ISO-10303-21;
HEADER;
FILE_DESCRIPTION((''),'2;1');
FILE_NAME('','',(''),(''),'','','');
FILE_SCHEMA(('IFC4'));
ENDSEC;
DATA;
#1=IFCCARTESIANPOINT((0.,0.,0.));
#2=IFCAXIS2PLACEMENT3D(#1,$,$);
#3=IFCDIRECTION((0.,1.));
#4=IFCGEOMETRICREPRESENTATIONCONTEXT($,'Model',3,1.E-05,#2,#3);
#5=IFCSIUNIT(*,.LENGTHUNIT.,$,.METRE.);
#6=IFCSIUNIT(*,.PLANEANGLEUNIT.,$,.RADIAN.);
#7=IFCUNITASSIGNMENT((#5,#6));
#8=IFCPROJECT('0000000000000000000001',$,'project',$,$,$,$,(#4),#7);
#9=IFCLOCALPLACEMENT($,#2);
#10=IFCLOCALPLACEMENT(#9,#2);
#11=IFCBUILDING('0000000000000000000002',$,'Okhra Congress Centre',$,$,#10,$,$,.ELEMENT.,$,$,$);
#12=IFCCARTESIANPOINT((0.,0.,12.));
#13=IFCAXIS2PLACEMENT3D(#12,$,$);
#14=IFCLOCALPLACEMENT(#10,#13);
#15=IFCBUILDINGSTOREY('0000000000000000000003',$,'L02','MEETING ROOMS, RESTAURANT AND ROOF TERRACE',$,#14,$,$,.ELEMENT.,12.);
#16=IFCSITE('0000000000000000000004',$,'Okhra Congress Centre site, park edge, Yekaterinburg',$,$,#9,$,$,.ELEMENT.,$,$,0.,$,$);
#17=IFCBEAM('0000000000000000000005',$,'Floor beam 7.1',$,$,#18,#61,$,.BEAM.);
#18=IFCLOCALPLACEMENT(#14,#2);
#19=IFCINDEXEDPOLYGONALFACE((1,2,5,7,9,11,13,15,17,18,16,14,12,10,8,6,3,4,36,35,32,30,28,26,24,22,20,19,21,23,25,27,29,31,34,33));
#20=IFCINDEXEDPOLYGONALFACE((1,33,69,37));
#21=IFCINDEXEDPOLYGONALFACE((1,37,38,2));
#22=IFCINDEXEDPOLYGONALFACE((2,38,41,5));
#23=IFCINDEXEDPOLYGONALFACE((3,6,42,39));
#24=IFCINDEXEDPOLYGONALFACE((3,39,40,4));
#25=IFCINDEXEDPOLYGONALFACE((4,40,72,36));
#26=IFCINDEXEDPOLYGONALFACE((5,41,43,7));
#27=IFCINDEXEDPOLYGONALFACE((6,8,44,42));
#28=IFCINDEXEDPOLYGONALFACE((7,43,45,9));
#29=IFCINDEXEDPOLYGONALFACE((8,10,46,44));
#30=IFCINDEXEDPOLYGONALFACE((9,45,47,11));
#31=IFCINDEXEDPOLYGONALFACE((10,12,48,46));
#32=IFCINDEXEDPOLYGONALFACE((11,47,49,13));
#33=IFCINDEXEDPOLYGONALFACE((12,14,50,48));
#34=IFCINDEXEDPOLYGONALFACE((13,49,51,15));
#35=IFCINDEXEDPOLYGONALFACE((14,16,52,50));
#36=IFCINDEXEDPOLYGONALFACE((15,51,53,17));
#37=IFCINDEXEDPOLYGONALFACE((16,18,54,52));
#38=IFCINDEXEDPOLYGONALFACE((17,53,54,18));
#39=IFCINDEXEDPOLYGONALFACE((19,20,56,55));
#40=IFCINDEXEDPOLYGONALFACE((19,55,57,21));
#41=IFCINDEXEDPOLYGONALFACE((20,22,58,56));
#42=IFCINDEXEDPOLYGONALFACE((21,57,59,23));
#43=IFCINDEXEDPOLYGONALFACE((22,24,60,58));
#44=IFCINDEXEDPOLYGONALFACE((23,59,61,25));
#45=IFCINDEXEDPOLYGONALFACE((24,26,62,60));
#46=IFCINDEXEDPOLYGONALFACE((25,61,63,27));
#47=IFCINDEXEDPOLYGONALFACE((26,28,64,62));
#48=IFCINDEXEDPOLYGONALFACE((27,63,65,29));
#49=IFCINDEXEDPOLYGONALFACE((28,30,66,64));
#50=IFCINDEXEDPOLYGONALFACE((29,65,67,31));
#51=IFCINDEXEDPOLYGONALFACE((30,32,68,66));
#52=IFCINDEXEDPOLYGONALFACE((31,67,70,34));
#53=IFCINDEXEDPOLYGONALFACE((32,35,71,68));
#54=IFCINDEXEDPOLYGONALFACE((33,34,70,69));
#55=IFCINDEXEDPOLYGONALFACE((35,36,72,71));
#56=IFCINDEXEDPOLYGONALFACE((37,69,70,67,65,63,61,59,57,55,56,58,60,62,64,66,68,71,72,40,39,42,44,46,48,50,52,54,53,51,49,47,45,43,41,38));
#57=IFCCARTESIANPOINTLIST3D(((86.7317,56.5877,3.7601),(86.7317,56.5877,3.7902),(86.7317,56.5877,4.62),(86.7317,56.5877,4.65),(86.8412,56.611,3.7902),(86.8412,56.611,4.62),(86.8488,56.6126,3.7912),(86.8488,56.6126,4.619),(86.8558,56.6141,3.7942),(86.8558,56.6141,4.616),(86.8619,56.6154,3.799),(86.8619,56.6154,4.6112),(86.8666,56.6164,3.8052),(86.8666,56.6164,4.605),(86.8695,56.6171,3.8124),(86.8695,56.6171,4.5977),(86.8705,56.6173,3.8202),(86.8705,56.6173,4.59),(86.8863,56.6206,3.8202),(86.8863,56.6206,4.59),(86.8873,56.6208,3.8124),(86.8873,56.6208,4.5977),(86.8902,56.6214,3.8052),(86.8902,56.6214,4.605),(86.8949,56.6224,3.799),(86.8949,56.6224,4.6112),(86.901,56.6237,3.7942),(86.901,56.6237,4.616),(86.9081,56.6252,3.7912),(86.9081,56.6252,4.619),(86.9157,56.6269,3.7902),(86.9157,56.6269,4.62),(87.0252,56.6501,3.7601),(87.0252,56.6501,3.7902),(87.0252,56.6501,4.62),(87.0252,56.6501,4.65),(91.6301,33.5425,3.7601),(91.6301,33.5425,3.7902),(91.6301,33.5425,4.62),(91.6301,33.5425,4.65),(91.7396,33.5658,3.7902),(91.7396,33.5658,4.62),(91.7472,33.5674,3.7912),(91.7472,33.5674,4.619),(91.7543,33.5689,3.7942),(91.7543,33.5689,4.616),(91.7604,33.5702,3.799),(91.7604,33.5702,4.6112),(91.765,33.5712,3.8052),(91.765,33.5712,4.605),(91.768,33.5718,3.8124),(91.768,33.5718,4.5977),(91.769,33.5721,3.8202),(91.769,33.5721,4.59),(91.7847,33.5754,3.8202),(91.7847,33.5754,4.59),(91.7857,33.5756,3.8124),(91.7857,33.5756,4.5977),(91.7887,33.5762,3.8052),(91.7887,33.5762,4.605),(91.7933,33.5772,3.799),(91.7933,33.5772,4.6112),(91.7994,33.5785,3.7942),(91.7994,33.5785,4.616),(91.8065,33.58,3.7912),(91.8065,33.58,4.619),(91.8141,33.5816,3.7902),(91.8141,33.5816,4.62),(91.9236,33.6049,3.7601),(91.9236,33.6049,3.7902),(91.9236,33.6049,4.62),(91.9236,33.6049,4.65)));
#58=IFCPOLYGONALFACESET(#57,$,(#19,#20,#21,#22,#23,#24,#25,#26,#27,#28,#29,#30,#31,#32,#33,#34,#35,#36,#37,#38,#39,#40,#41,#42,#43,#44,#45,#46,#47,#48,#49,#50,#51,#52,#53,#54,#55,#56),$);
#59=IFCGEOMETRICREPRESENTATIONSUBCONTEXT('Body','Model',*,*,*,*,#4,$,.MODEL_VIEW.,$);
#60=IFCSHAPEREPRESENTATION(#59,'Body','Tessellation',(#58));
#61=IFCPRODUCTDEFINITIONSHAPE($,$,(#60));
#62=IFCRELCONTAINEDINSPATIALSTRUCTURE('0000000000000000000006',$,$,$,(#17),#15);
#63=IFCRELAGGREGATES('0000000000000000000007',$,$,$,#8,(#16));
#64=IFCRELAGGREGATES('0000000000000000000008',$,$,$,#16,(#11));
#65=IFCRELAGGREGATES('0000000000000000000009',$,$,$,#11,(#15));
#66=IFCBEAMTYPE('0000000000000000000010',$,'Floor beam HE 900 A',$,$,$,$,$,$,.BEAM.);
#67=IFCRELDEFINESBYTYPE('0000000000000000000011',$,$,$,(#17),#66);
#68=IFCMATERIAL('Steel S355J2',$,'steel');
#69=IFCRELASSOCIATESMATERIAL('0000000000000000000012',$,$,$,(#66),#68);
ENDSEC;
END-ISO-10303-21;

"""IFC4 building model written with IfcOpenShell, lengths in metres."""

from ifc_helpers import new_model, si_unit, direction, frame, origin, origin_2d, place, context, subcontext, project, spatial, i_section, extrude, material, material_profile, profile_set, type_object, element, save


model = new_model("IFC4")

# Units and contexts
model_context = context("Model", 3, precision=1e-05, world=origin(), true_north=direction((0.0, 1.0)))
body_context = subcontext(model_context, "Body", "Model", "MODEL_VIEW")
ifc_project = project(units=[si_unit("LENGTHUNIT", "METRE"), si_unit("PLANEANGLEUNIT", "RADIAN")], contexts=[model_context])

# Site, building, storey
site_placement = place(None, origin())
site = spatial("IfcSite", under=ifc_project, at=site_placement, Name="Okhra Congress Centre site, park edge, Yekaterinburg", CompositionType="ELEMENT", RefElevation=0.0)
building_placement = place(site_placement, origin())
building = spatial("IfcBuilding", under=site, at=building_placement, Name="Okhra Congress Centre", CompositionType="ELEMENT")
storey_placement = place(building_placement, frame((0.0, 0.0, 12.0)))
storey = spatial("IfcBuildingStorey", under=building, at=storey_placement, Name="L02", Description="MEETING ROOMS, RESTAURANT AND ROOF TERRACE", CompositionType="ELEMENT", Elevation=12.0)

# Shared definitions
ifc_material_1 = material(Name="Steel S355J2", Category="steel")

# Beam
ifc_material_profile_1 = material_profile(ifc_material_1, i_section(OverallWidth=0.3, OverallDepth=0.8899, WebThickness=0.0161, FlangeThickness=0.03, FilletRadius=0.03, at=origin_2d()), Name="HE 900 A")
ifc_profile_set_1 = profile_set([ifc_material_profile_1], Name="Steel S355J2")
beam_type_1 = type_object("IfcBeamType", Name="Floor beam HE 900 A", PredefinedType="BEAM", material=ifc_profile_set_1)
beam_1_placement = place(storey_placement, frame((91.7769, 33.5737, 4.2051), z_axis=(-0.207913, 0.978147, 0.0), x_axis=(-0.978147, -0.207913, 0.0)))
element("IfcBeam", 1, at=beam_1_placement, inside=storey, type_object=beam_type_1, Name="Floor beam 7.1", PredefinedType="BEAM", context=body_context, shape_type="SweptSolid", body=[
    extrude(i_section(OverallWidth=0.3, OverallDepth=0.8899, WebThickness=0.0161, FlangeThickness=0.03, FilletRadius=0.03, at=origin_2d()), origin(), (0.0, 0.0, 1.0), 23.5601),
])

save(model, "model.ifc")
